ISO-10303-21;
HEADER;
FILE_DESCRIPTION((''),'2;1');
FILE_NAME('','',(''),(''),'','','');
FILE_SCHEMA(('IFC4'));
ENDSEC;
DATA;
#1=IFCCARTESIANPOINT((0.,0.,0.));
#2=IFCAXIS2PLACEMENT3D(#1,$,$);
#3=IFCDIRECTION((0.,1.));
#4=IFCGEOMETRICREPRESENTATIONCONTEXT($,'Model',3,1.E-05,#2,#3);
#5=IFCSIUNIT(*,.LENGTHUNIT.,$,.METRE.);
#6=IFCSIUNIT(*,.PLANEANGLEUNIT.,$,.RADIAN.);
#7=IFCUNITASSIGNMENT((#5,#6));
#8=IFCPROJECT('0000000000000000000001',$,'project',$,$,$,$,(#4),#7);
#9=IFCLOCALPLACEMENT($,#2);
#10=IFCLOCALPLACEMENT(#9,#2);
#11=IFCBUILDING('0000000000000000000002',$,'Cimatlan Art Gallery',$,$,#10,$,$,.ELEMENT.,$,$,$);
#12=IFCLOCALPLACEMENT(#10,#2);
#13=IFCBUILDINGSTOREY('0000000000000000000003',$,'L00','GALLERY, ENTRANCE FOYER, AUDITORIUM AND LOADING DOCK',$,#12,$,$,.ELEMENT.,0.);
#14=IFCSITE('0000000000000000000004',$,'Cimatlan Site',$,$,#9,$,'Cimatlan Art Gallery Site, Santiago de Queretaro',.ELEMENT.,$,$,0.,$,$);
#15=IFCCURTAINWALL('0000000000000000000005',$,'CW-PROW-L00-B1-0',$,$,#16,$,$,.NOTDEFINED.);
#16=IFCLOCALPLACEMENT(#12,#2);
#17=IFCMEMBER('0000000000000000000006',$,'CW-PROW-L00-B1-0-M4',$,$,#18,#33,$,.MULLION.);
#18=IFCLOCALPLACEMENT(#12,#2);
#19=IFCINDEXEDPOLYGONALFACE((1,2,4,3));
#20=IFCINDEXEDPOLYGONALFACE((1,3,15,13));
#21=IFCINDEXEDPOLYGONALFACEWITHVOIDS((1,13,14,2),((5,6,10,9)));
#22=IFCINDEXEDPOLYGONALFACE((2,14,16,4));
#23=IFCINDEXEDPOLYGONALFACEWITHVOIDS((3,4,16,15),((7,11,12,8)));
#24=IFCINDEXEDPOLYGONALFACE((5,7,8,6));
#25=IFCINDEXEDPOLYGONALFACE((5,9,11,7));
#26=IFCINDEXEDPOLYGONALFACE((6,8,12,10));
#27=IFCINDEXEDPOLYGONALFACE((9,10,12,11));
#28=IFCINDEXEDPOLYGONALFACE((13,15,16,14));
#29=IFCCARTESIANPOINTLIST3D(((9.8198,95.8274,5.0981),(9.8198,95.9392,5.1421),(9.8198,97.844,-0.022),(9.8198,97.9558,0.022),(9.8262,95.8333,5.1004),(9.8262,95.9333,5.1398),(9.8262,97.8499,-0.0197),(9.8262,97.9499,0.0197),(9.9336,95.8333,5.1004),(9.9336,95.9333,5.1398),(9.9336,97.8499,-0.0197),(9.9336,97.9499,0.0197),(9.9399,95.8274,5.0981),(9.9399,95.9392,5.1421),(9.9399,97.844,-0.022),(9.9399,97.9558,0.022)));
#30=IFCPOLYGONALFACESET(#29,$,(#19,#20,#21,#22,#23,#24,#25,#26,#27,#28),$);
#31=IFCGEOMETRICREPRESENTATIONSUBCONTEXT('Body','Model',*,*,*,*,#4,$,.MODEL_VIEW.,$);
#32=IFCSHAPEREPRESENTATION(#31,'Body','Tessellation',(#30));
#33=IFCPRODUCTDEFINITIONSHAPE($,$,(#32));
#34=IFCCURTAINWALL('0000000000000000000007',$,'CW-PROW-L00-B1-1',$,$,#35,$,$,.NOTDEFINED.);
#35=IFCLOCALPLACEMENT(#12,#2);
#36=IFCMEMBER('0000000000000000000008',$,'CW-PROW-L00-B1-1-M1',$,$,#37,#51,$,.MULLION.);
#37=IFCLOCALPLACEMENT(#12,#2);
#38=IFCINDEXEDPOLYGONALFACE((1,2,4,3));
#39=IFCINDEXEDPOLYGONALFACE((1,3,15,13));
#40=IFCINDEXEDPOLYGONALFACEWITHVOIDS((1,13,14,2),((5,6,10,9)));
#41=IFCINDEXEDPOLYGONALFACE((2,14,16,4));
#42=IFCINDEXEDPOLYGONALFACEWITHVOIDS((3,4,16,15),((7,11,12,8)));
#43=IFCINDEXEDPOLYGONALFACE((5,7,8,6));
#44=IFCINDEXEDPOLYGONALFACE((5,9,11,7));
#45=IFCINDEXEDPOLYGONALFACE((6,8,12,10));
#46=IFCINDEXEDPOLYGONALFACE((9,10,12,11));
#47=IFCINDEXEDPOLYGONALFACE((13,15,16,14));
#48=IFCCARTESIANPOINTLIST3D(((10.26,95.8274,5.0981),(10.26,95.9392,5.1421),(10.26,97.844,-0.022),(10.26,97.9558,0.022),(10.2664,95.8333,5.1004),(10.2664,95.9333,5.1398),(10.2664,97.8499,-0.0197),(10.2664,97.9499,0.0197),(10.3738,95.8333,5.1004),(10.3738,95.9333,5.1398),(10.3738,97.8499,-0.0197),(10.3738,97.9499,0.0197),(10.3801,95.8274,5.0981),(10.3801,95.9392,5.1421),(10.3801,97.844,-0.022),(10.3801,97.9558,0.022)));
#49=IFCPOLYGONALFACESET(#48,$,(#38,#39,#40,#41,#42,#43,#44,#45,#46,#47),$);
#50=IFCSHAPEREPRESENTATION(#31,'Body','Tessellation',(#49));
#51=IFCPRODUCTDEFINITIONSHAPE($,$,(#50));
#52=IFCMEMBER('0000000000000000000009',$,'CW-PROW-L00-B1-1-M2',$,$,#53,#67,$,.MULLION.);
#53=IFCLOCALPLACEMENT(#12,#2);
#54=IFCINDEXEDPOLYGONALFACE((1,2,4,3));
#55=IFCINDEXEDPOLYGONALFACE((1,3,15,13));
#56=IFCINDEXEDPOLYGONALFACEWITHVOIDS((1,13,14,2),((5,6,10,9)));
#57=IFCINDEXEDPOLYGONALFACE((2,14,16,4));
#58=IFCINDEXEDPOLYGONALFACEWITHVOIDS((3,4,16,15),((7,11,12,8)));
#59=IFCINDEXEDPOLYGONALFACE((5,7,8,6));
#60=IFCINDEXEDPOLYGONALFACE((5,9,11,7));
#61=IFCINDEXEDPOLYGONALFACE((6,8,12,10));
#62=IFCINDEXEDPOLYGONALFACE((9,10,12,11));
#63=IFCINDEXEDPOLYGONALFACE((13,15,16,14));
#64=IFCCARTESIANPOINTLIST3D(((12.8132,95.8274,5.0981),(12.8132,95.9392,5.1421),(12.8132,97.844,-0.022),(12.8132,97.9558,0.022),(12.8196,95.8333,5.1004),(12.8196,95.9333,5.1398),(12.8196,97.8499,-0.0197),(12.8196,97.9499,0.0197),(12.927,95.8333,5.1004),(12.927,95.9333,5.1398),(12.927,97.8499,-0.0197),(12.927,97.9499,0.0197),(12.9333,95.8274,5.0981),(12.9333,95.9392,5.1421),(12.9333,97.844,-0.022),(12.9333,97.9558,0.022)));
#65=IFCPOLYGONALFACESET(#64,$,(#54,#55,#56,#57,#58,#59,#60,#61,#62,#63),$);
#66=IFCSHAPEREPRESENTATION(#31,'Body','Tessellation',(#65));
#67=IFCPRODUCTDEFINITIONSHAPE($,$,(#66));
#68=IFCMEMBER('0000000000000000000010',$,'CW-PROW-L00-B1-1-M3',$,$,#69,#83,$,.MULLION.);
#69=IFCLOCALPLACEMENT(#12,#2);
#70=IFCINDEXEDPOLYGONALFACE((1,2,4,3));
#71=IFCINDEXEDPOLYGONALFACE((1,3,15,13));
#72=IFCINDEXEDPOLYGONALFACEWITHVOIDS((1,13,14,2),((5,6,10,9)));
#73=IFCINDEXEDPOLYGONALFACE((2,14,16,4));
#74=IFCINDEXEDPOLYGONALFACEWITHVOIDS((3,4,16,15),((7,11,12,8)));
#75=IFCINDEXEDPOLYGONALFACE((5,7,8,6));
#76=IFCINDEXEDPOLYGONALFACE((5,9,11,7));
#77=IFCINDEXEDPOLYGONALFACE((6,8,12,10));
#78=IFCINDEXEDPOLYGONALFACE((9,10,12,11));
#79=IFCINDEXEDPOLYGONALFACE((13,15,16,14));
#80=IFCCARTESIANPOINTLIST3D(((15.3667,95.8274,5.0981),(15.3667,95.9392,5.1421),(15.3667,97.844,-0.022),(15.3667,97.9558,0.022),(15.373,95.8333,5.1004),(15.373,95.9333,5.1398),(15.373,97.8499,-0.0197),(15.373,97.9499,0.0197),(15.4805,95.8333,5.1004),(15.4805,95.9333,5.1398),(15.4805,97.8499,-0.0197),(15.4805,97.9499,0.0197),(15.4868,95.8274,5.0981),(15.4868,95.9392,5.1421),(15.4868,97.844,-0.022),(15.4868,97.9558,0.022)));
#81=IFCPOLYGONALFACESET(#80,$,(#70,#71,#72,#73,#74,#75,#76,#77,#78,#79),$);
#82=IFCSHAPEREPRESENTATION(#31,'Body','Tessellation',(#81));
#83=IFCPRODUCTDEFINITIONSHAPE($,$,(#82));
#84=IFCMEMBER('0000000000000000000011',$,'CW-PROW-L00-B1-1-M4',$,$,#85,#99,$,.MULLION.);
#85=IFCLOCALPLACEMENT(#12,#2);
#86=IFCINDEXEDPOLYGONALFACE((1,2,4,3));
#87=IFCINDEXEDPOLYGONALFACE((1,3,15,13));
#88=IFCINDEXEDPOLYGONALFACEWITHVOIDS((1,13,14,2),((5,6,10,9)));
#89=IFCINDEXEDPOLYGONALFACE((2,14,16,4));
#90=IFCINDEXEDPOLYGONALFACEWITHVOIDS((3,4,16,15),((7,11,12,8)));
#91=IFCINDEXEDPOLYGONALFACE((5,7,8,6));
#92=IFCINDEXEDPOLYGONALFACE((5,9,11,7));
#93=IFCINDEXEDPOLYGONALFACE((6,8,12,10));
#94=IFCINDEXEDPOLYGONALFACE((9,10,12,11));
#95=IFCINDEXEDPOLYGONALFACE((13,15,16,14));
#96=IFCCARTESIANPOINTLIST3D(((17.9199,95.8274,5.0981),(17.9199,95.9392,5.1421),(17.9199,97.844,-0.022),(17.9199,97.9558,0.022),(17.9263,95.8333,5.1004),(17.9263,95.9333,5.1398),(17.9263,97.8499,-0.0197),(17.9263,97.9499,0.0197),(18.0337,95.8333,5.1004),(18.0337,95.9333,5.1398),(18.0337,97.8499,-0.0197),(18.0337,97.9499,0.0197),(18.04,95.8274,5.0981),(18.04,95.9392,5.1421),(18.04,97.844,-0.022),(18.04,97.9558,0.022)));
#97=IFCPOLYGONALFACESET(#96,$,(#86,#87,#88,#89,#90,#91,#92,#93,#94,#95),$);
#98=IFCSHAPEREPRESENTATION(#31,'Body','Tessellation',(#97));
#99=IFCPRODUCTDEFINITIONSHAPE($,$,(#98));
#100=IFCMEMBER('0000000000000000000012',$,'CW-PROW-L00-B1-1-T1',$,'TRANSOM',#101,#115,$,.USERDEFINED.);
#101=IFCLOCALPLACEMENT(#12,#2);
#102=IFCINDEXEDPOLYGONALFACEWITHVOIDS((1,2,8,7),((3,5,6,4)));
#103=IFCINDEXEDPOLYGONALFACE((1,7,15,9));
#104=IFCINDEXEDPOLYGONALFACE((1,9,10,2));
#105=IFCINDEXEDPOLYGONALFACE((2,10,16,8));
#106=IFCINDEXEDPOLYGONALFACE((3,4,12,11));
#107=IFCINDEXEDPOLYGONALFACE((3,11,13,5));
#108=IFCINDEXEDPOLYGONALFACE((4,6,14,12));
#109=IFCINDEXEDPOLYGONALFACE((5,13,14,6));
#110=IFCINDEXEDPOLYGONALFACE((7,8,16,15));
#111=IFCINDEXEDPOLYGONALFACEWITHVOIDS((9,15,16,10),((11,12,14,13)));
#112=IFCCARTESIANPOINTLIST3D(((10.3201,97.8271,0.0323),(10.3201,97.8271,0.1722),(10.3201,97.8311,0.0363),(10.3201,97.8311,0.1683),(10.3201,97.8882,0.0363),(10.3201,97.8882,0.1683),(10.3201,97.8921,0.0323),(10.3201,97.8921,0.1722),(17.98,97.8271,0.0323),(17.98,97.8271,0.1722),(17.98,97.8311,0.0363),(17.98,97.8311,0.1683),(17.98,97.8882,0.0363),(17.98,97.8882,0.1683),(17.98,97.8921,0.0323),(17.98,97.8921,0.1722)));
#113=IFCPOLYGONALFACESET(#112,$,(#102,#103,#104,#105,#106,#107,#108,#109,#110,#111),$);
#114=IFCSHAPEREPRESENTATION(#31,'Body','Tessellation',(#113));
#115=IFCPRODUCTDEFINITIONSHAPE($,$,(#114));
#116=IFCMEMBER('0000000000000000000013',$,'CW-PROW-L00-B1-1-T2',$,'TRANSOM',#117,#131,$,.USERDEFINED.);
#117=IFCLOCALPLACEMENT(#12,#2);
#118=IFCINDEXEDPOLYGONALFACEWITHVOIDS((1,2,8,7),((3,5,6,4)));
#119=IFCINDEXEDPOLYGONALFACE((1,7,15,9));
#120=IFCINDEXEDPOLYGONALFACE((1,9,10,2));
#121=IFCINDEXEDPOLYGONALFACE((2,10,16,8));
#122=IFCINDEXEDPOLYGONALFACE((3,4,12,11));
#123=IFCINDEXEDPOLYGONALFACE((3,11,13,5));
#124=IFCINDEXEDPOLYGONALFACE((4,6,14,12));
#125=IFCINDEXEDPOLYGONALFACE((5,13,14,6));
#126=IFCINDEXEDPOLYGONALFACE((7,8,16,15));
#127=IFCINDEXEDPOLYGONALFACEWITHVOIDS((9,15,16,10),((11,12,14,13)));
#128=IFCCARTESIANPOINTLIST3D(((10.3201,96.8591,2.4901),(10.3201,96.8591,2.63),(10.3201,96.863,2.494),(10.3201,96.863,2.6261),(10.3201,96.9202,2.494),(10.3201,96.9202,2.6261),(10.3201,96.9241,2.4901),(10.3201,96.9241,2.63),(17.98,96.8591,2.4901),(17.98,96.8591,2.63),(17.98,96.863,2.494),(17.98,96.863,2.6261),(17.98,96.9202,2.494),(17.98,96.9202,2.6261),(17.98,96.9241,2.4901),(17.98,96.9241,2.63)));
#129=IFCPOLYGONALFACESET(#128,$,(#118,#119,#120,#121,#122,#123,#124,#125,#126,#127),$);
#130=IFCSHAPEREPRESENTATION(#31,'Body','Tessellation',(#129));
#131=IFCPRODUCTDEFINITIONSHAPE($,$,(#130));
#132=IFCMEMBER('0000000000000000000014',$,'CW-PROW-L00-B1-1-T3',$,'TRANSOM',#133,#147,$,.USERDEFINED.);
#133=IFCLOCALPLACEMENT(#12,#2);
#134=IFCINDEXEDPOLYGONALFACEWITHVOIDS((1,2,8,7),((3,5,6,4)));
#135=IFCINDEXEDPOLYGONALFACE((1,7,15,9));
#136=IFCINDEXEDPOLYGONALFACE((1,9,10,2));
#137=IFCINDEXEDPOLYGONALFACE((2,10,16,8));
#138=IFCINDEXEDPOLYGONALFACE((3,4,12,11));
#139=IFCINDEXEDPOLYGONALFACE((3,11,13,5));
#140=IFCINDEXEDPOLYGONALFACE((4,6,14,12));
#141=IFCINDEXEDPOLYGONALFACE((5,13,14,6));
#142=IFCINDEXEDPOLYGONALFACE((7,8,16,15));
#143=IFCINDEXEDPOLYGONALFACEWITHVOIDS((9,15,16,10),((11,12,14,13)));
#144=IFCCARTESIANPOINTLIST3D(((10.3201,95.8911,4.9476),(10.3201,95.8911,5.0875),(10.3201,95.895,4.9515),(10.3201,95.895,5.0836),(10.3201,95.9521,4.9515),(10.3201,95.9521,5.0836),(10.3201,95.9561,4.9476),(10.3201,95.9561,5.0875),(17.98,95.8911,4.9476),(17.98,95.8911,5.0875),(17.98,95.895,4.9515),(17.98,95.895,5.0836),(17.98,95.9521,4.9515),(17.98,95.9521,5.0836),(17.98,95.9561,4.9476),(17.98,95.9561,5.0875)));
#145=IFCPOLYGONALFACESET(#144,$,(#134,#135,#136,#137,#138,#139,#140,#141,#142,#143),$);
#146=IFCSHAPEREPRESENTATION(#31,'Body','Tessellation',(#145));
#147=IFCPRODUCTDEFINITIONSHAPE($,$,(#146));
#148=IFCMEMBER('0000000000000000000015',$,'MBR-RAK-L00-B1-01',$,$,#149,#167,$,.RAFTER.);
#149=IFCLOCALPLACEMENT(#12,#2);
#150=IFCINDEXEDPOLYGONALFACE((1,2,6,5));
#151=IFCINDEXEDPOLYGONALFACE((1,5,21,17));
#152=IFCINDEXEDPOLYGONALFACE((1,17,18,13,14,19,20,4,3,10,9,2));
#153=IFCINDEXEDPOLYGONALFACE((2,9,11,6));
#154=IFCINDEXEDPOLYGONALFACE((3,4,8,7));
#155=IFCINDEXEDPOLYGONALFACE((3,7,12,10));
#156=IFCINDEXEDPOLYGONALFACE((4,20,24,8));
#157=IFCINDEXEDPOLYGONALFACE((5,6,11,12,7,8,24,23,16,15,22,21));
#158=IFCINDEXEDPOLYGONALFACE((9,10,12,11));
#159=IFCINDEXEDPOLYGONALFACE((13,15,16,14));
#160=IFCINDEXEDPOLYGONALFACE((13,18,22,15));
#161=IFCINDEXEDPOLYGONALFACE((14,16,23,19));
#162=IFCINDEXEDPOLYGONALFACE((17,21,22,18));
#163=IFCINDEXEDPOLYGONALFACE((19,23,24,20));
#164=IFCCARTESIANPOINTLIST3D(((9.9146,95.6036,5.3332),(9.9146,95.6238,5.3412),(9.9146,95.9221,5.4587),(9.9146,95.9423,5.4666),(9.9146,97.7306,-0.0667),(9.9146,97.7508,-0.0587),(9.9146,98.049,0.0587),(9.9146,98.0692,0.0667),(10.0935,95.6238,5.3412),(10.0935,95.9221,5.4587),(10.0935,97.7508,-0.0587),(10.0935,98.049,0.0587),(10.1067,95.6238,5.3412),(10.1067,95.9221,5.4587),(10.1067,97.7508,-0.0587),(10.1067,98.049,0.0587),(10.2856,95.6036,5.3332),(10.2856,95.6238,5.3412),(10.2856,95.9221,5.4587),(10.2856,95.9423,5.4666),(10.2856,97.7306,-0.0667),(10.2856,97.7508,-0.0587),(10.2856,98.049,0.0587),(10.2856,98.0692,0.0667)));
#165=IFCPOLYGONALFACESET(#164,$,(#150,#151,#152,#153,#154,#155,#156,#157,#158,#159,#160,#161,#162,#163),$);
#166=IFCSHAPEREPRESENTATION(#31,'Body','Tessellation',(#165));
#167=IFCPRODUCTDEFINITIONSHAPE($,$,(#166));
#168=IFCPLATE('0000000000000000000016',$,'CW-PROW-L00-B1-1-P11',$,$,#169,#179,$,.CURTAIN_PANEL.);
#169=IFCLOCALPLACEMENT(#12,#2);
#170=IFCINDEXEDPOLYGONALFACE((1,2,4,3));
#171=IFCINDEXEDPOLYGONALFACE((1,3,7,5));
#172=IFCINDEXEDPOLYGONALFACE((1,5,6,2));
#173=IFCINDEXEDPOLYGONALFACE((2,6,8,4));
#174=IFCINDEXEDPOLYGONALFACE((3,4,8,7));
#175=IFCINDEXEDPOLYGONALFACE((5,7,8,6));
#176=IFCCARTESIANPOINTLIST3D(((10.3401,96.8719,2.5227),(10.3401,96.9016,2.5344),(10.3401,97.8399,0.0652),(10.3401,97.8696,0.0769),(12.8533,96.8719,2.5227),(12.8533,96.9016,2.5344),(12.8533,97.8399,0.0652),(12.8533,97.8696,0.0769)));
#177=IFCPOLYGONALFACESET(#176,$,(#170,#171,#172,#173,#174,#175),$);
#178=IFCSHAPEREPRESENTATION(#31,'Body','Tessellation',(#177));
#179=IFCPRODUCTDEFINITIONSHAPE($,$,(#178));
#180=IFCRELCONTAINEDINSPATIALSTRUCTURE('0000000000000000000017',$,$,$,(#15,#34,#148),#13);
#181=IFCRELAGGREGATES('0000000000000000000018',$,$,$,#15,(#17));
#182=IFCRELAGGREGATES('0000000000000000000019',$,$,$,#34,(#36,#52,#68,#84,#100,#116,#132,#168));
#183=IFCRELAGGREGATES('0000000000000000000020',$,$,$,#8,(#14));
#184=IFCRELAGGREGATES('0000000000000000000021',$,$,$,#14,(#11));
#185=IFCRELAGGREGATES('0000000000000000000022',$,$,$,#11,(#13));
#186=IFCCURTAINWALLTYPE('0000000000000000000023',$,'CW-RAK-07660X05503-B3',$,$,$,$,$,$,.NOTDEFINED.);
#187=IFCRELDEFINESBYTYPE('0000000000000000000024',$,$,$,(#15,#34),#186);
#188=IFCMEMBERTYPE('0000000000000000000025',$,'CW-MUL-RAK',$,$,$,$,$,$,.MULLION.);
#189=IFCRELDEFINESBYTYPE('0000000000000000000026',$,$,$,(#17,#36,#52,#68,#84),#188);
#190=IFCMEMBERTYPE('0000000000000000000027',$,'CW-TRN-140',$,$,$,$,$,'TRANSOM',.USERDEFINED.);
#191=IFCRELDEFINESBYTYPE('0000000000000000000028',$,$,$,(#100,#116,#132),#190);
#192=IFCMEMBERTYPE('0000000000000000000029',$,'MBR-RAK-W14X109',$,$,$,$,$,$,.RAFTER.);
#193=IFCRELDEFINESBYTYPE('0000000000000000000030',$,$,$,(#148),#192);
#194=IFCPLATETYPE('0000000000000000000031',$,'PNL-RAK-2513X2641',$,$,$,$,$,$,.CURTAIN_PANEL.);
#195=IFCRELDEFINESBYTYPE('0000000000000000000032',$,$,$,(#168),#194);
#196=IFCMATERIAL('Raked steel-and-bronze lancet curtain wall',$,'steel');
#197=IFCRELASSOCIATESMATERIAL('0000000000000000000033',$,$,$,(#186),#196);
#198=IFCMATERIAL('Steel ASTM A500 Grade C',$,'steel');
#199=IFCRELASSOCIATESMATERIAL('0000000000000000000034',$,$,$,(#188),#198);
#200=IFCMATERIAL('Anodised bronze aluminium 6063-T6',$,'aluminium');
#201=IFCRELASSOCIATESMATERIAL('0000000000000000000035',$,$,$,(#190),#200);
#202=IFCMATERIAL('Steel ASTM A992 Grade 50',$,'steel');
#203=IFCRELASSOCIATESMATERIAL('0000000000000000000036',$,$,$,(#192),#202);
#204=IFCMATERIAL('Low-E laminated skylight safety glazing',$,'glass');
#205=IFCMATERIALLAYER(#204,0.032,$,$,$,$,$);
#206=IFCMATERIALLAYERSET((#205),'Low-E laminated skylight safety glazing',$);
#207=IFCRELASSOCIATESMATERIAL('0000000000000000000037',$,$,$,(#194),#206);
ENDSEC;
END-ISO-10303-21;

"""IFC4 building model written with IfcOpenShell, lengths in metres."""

from ifc_helpers import new_model, si_unit, direction, frame, origin, origin_2d, place, context, subcontext, project, spatial, polyline, hollow_rectangle, i_section, outline, extrude, material, layer, layer_set, material_profile, profile_set, type_object, element, aggregate, save


model = new_model("IFC4")

# Units and contexts
model_context = context("Model", 3, precision=1e-05, world=origin(), true_north=direction((0.0, 1.0)))
body_context = subcontext(model_context, "Body", "Model", "MODEL_VIEW")
ifc_project = project(units=[si_unit("LENGTHUNIT", "METRE"), si_unit("PLANEANGLEUNIT", "RADIAN")], contexts=[model_context])

# Site, building, storey
site_placement = place(None, origin())
site = spatial("IfcSite", under=ifc_project, at=site_placement, Name="Cimatlan Site", LongName="Cimatlan Art Gallery Site, Santiago de Queretaro", CompositionType="ELEMENT", RefElevation=0.0)
building_placement = place(site_placement, origin())
building = spatial("IfcBuilding", under=site, at=building_placement, Name="Cimatlan Art Gallery", CompositionType="ELEMENT")
storey_placement = place(building_placement, origin())
storey = spatial("IfcBuildingStorey", under=building, at=storey_placement, Name="L00", Description="GALLERY, ENTRANCE FOYER, AUDITORIUM AND LOADING DOCK", CompositionType="ELEMENT", Elevation=0.0)

# Shared definitions
ifc_material_1 = material(Name="Steel ASTM A992 Grade 50", Category="steel")

# Curtain wall, member
ifc_material_2 = material(Name="Raked steel-and-bronze lancet curtain wall", Category="steel")
curtain_wall_type = type_object("IfcCurtainWallType", Name="CW-RAK-07660X05503-B3", PredefinedType="NOTDEFINED", material=ifc_material_2)
curtain_wall_1_placement = place(storey_placement, origin())
curtain_wall_1 = element("IfcCurtainWall", 1, at=curtain_wall_1_placement, inside=storey, type_object=curtain_wall_type, Name="CW-PROW-L00-B1-0", PredefinedType="NOTDEFINED")
ifc_material_3 = material(Name="Steel ASTM A500 Grade C", Category="steel")
ifc_material_profile_1 = material_profile(ifc_material_3, hollow_rectangle(XDim=0.1201, YDim=0.1201, WallThickness=0.0063, at=origin_2d()), Name="HSS120X120X6")
ifc_profile_set_1 = profile_set([ifc_material_profile_1], Name="Steel ASTM A500 Grade C")
member_type_1 = type_object("IfcMemberType", Name="CW-MUL-RAK", PredefinedType="MULLION", material=ifc_profile_set_1)
member_1_placement = place(storey_placement, frame((9.8799, 97.8999, 0.0), z_axis=(0.0, -0.366459, 0.930434), x_axis=(1.0, 0.0, 0.0)))
member_1 = element("IfcMember", 2, at=member_1_placement, type_object=member_type_1, Name="CW-PROW-L00-B1-0-M4", PredefinedType="MULLION", context=body_context, shape_type="SweptSolid", body=[
    extrude(hollow_rectangle(XDim=0.1201, YDim=0.1201, WallThickness=0.0063, at=origin_2d()), origin(), (0.0, 0.0, 1.0), 5.5029),
])
aggregate(curtain_wall_1, [member_1])

# Curtain wall, members
curtain_wall_2_placement = place(storey_placement, origin())
curtain_wall_2 = element("IfcCurtainWall", 3, at=curtain_wall_2_placement, inside=storey, type_object=curtain_wall_type, Name="CW-PROW-L00-B1-1", PredefinedType="NOTDEFINED")
member_2_placement = place(storey_placement, frame((10.3201, 97.8999, 0.0), z_axis=(0.0, -0.366459, 0.930434), x_axis=(1.0, 0.0, 0.0)))
member_2 = element("IfcMember", 4, at=member_2_placement, type_object=member_type_1, Name="CW-PROW-L00-B1-1-M1", PredefinedType="MULLION", context=body_context, shape_type="SweptSolid", body=[
    extrude(hollow_rectangle(XDim=0.1201, YDim=0.1201, WallThickness=0.0063, at=origin_2d()), origin(), (0.0, 0.0, 1.0), 5.5029),
])
member_3_placement = place(storey_placement, frame((12.8733, 97.8999, 0.0), z_axis=(0.0, -0.366459, 0.930434), x_axis=(1.0, 0.0, 0.0)))
member_3 = element("IfcMember", 5, at=member_3_placement, type_object=member_type_1, Name="CW-PROW-L00-B1-1-M2", PredefinedType="MULLION", context=body_context, shape_type="SweptSolid", body=[
    extrude(hollow_rectangle(XDim=0.1201, YDim=0.1201, WallThickness=0.0063, at=origin_2d()), origin(), (0.0, 0.0, 1.0), 5.5029),
])
member_4_placement = place(storey_placement, frame((15.4268, 97.8999, 0.0), z_axis=(0.0, -0.366459, 0.930434), x_axis=(1.0, 0.0, 0.0)))
member_4 = element("IfcMember", 6, at=member_4_placement, type_object=member_type_1, Name="CW-PROW-L00-B1-1-M3", PredefinedType="MULLION", context=body_context, shape_type="SweptSolid", body=[
    extrude(hollow_rectangle(XDim=0.1201, YDim=0.1201, WallThickness=0.0063, at=origin_2d()), origin(), (0.0, 0.0, 1.0), 5.5029),
])
member_5_placement = place(storey_placement, frame((17.98, 97.8999, 0.0), z_axis=(0.0, -0.366459, 0.930434), x_axis=(1.0, 0.0, 0.0)))
member_5 = element("IfcMember", 7, at=member_5_placement, type_object=member_type_1, Name="CW-PROW-L00-B1-1-M4", PredefinedType="MULLION", context=body_context, shape_type="SweptSolid", body=[
    extrude(hollow_rectangle(XDim=0.1201, YDim=0.1201, WallThickness=0.0063, at=origin_2d()), origin(), (0.0, 0.0, 1.0), 5.5029),
])
ifc_material_4 = material(Name="Anodised bronze aluminium 6063-T6", Category="aluminium")
ifc_material_profile_2 = material_profile(ifc_material_4, hollow_rectangle(XDim=0.0649, YDim=0.1399, WallThickness=0.0039, at=origin_2d()), Name="ALU65X140X4")
ifc_profile_set_2 = profile_set([ifc_material_profile_2], Name="Anodised bronze aluminium 6063-T6")
member_type_2 = type_object("IfcMemberType", Name="CW-TRN-140", ElementType="TRANSOM", PredefinedType="USERDEFINED", material=ifc_profile_set_2)
member_6_placement = place(storey_placement, frame((10.3201, 97.8596, 0.1023), z_axis=(1.0, 0.0, 0.0), x_axis=(0.0, 1.0, 0.0)))
member_6 = element("IfcMember", 8, at=member_6_placement, type_object=member_type_2, Name="CW-PROW-L00-B1-1-T1", ObjectType="TRANSOM", PredefinedType="USERDEFINED", context=body_context, shape_type="SweptSolid", body=[
    extrude(hollow_rectangle(XDim=0.0649, YDim=0.1399, WallThickness=0.0039, at=origin_2d()), origin(), (0.0, 0.0, 1.0), 7.6599),
])
member_7_placement = place(storey_placement, frame((10.3201, 96.8916, 2.5601), z_axis=(1.0, 0.0, 0.0), x_axis=(0.0, 1.0, 0.0)))
member_7 = element("IfcMember", 9, at=member_7_placement, type_object=member_type_2, Name="CW-PROW-L00-B1-1-T2", ObjectType="TRANSOM", PredefinedType="USERDEFINED", context=body_context, shape_type="SweptSolid", body=[
    extrude(hollow_rectangle(XDim=0.0649, YDim=0.1399, WallThickness=0.0039, at=origin_2d()), origin(), (0.0, 0.0, 1.0), 7.6599),
])
member_8_placement = place(storey_placement, frame((10.3201, 95.9236, 5.0176), z_axis=(1.0, 0.0, 0.0), x_axis=(0.0, 1.0, 0.0)))
member_8 = element("IfcMember", 10, at=member_8_placement, type_object=member_type_2, Name="CW-PROW-L00-B1-1-T3", ObjectType="TRANSOM", PredefinedType="USERDEFINED", context=body_context, shape_type="SweptSolid", body=[
    extrude(hollow_rectangle(XDim=0.0649, YDim=0.1399, WallThickness=0.0039, at=origin_2d()), origin(), (0.0, 0.0, 1.0), 7.6599),
])

# Member
ifc_material_profile_3 = material_profile(ifc_material_1, i_section(OverallWidth=0.3711, OverallDepth=0.364, WebThickness=0.0132, FlangeThickness=0.0217, at=origin_2d()), Name="W14X109")
ifc_profile_set_3 = profile_set([ifc_material_profile_3], Name="Steel ASTM A992 Grade 50")
member_type_3 = type_object("IfcMemberType", Name="MBR-RAK-W14X109", PredefinedType="RAFTER", material=ifc_profile_set_3)
member_9_placement = place(storey_placement, frame((10.1001, 97.8999, 0.0), z_axis=(0.0, -0.366483, 0.930425), x_axis=(1.0, 0.0, 0.0)))
element("IfcMember", 11, at=member_9_placement, inside=storey, type_object=member_type_3, Name="MBR-RAK-L00-B1-01", PredefinedType="RAFTER", context=body_context, shape_type="SweptSolid", body=[
    extrude(i_section(OverallWidth=0.3711, OverallDepth=0.364, WebThickness=0.0132, FlangeThickness=0.0217, at=origin_2d()), origin(), (0.0, 0.0, 1.0), 5.8037),
])

# Plate
ifc_material_5 = material(Name="Low-E laminated skylight safety glazing", Category="glass")
ifc_layer = layer(ifc_material_5, 0.032)
ifc_layer_set = layer_set([ifc_layer], Name="Low-E laminated skylight safety glazing")
plate_type = type_object("IfcPlateType", Name="PNL-RAK-2513X2641", PredefinedType="CURTAIN_PANEL", material=ifc_layer_set)
plate_1_placement = place(storey_placement, frame((10.3401, 97.8696, 0.0769), z_axis=(0.0, 0.930421, 0.366493), x_axis=(1.0, 0.0, 0.0)))
plate_1 = element("IfcPlate", 12, at=plate_1_placement, type_object=plate_type, Name="CW-PROW-L00-B1-1-P11", PredefinedType="CURTAIN_PANEL", context=body_context, shape_type="SweptSolid", body=[
    extrude(outline(polyline([(0.0, 0.0), (2.5132, 0.0), (2.5132, -2.6413), (0.0, -2.6413), (0.0, 0.0)])), origin(), (0.0, 0.0, -1.0), 0.032),
])
aggregate(curtain_wall_2, [member_2, member_3, member_4, member_5, member_6, member_7, member_8, plate_1])

save(model, "model.ifc")
